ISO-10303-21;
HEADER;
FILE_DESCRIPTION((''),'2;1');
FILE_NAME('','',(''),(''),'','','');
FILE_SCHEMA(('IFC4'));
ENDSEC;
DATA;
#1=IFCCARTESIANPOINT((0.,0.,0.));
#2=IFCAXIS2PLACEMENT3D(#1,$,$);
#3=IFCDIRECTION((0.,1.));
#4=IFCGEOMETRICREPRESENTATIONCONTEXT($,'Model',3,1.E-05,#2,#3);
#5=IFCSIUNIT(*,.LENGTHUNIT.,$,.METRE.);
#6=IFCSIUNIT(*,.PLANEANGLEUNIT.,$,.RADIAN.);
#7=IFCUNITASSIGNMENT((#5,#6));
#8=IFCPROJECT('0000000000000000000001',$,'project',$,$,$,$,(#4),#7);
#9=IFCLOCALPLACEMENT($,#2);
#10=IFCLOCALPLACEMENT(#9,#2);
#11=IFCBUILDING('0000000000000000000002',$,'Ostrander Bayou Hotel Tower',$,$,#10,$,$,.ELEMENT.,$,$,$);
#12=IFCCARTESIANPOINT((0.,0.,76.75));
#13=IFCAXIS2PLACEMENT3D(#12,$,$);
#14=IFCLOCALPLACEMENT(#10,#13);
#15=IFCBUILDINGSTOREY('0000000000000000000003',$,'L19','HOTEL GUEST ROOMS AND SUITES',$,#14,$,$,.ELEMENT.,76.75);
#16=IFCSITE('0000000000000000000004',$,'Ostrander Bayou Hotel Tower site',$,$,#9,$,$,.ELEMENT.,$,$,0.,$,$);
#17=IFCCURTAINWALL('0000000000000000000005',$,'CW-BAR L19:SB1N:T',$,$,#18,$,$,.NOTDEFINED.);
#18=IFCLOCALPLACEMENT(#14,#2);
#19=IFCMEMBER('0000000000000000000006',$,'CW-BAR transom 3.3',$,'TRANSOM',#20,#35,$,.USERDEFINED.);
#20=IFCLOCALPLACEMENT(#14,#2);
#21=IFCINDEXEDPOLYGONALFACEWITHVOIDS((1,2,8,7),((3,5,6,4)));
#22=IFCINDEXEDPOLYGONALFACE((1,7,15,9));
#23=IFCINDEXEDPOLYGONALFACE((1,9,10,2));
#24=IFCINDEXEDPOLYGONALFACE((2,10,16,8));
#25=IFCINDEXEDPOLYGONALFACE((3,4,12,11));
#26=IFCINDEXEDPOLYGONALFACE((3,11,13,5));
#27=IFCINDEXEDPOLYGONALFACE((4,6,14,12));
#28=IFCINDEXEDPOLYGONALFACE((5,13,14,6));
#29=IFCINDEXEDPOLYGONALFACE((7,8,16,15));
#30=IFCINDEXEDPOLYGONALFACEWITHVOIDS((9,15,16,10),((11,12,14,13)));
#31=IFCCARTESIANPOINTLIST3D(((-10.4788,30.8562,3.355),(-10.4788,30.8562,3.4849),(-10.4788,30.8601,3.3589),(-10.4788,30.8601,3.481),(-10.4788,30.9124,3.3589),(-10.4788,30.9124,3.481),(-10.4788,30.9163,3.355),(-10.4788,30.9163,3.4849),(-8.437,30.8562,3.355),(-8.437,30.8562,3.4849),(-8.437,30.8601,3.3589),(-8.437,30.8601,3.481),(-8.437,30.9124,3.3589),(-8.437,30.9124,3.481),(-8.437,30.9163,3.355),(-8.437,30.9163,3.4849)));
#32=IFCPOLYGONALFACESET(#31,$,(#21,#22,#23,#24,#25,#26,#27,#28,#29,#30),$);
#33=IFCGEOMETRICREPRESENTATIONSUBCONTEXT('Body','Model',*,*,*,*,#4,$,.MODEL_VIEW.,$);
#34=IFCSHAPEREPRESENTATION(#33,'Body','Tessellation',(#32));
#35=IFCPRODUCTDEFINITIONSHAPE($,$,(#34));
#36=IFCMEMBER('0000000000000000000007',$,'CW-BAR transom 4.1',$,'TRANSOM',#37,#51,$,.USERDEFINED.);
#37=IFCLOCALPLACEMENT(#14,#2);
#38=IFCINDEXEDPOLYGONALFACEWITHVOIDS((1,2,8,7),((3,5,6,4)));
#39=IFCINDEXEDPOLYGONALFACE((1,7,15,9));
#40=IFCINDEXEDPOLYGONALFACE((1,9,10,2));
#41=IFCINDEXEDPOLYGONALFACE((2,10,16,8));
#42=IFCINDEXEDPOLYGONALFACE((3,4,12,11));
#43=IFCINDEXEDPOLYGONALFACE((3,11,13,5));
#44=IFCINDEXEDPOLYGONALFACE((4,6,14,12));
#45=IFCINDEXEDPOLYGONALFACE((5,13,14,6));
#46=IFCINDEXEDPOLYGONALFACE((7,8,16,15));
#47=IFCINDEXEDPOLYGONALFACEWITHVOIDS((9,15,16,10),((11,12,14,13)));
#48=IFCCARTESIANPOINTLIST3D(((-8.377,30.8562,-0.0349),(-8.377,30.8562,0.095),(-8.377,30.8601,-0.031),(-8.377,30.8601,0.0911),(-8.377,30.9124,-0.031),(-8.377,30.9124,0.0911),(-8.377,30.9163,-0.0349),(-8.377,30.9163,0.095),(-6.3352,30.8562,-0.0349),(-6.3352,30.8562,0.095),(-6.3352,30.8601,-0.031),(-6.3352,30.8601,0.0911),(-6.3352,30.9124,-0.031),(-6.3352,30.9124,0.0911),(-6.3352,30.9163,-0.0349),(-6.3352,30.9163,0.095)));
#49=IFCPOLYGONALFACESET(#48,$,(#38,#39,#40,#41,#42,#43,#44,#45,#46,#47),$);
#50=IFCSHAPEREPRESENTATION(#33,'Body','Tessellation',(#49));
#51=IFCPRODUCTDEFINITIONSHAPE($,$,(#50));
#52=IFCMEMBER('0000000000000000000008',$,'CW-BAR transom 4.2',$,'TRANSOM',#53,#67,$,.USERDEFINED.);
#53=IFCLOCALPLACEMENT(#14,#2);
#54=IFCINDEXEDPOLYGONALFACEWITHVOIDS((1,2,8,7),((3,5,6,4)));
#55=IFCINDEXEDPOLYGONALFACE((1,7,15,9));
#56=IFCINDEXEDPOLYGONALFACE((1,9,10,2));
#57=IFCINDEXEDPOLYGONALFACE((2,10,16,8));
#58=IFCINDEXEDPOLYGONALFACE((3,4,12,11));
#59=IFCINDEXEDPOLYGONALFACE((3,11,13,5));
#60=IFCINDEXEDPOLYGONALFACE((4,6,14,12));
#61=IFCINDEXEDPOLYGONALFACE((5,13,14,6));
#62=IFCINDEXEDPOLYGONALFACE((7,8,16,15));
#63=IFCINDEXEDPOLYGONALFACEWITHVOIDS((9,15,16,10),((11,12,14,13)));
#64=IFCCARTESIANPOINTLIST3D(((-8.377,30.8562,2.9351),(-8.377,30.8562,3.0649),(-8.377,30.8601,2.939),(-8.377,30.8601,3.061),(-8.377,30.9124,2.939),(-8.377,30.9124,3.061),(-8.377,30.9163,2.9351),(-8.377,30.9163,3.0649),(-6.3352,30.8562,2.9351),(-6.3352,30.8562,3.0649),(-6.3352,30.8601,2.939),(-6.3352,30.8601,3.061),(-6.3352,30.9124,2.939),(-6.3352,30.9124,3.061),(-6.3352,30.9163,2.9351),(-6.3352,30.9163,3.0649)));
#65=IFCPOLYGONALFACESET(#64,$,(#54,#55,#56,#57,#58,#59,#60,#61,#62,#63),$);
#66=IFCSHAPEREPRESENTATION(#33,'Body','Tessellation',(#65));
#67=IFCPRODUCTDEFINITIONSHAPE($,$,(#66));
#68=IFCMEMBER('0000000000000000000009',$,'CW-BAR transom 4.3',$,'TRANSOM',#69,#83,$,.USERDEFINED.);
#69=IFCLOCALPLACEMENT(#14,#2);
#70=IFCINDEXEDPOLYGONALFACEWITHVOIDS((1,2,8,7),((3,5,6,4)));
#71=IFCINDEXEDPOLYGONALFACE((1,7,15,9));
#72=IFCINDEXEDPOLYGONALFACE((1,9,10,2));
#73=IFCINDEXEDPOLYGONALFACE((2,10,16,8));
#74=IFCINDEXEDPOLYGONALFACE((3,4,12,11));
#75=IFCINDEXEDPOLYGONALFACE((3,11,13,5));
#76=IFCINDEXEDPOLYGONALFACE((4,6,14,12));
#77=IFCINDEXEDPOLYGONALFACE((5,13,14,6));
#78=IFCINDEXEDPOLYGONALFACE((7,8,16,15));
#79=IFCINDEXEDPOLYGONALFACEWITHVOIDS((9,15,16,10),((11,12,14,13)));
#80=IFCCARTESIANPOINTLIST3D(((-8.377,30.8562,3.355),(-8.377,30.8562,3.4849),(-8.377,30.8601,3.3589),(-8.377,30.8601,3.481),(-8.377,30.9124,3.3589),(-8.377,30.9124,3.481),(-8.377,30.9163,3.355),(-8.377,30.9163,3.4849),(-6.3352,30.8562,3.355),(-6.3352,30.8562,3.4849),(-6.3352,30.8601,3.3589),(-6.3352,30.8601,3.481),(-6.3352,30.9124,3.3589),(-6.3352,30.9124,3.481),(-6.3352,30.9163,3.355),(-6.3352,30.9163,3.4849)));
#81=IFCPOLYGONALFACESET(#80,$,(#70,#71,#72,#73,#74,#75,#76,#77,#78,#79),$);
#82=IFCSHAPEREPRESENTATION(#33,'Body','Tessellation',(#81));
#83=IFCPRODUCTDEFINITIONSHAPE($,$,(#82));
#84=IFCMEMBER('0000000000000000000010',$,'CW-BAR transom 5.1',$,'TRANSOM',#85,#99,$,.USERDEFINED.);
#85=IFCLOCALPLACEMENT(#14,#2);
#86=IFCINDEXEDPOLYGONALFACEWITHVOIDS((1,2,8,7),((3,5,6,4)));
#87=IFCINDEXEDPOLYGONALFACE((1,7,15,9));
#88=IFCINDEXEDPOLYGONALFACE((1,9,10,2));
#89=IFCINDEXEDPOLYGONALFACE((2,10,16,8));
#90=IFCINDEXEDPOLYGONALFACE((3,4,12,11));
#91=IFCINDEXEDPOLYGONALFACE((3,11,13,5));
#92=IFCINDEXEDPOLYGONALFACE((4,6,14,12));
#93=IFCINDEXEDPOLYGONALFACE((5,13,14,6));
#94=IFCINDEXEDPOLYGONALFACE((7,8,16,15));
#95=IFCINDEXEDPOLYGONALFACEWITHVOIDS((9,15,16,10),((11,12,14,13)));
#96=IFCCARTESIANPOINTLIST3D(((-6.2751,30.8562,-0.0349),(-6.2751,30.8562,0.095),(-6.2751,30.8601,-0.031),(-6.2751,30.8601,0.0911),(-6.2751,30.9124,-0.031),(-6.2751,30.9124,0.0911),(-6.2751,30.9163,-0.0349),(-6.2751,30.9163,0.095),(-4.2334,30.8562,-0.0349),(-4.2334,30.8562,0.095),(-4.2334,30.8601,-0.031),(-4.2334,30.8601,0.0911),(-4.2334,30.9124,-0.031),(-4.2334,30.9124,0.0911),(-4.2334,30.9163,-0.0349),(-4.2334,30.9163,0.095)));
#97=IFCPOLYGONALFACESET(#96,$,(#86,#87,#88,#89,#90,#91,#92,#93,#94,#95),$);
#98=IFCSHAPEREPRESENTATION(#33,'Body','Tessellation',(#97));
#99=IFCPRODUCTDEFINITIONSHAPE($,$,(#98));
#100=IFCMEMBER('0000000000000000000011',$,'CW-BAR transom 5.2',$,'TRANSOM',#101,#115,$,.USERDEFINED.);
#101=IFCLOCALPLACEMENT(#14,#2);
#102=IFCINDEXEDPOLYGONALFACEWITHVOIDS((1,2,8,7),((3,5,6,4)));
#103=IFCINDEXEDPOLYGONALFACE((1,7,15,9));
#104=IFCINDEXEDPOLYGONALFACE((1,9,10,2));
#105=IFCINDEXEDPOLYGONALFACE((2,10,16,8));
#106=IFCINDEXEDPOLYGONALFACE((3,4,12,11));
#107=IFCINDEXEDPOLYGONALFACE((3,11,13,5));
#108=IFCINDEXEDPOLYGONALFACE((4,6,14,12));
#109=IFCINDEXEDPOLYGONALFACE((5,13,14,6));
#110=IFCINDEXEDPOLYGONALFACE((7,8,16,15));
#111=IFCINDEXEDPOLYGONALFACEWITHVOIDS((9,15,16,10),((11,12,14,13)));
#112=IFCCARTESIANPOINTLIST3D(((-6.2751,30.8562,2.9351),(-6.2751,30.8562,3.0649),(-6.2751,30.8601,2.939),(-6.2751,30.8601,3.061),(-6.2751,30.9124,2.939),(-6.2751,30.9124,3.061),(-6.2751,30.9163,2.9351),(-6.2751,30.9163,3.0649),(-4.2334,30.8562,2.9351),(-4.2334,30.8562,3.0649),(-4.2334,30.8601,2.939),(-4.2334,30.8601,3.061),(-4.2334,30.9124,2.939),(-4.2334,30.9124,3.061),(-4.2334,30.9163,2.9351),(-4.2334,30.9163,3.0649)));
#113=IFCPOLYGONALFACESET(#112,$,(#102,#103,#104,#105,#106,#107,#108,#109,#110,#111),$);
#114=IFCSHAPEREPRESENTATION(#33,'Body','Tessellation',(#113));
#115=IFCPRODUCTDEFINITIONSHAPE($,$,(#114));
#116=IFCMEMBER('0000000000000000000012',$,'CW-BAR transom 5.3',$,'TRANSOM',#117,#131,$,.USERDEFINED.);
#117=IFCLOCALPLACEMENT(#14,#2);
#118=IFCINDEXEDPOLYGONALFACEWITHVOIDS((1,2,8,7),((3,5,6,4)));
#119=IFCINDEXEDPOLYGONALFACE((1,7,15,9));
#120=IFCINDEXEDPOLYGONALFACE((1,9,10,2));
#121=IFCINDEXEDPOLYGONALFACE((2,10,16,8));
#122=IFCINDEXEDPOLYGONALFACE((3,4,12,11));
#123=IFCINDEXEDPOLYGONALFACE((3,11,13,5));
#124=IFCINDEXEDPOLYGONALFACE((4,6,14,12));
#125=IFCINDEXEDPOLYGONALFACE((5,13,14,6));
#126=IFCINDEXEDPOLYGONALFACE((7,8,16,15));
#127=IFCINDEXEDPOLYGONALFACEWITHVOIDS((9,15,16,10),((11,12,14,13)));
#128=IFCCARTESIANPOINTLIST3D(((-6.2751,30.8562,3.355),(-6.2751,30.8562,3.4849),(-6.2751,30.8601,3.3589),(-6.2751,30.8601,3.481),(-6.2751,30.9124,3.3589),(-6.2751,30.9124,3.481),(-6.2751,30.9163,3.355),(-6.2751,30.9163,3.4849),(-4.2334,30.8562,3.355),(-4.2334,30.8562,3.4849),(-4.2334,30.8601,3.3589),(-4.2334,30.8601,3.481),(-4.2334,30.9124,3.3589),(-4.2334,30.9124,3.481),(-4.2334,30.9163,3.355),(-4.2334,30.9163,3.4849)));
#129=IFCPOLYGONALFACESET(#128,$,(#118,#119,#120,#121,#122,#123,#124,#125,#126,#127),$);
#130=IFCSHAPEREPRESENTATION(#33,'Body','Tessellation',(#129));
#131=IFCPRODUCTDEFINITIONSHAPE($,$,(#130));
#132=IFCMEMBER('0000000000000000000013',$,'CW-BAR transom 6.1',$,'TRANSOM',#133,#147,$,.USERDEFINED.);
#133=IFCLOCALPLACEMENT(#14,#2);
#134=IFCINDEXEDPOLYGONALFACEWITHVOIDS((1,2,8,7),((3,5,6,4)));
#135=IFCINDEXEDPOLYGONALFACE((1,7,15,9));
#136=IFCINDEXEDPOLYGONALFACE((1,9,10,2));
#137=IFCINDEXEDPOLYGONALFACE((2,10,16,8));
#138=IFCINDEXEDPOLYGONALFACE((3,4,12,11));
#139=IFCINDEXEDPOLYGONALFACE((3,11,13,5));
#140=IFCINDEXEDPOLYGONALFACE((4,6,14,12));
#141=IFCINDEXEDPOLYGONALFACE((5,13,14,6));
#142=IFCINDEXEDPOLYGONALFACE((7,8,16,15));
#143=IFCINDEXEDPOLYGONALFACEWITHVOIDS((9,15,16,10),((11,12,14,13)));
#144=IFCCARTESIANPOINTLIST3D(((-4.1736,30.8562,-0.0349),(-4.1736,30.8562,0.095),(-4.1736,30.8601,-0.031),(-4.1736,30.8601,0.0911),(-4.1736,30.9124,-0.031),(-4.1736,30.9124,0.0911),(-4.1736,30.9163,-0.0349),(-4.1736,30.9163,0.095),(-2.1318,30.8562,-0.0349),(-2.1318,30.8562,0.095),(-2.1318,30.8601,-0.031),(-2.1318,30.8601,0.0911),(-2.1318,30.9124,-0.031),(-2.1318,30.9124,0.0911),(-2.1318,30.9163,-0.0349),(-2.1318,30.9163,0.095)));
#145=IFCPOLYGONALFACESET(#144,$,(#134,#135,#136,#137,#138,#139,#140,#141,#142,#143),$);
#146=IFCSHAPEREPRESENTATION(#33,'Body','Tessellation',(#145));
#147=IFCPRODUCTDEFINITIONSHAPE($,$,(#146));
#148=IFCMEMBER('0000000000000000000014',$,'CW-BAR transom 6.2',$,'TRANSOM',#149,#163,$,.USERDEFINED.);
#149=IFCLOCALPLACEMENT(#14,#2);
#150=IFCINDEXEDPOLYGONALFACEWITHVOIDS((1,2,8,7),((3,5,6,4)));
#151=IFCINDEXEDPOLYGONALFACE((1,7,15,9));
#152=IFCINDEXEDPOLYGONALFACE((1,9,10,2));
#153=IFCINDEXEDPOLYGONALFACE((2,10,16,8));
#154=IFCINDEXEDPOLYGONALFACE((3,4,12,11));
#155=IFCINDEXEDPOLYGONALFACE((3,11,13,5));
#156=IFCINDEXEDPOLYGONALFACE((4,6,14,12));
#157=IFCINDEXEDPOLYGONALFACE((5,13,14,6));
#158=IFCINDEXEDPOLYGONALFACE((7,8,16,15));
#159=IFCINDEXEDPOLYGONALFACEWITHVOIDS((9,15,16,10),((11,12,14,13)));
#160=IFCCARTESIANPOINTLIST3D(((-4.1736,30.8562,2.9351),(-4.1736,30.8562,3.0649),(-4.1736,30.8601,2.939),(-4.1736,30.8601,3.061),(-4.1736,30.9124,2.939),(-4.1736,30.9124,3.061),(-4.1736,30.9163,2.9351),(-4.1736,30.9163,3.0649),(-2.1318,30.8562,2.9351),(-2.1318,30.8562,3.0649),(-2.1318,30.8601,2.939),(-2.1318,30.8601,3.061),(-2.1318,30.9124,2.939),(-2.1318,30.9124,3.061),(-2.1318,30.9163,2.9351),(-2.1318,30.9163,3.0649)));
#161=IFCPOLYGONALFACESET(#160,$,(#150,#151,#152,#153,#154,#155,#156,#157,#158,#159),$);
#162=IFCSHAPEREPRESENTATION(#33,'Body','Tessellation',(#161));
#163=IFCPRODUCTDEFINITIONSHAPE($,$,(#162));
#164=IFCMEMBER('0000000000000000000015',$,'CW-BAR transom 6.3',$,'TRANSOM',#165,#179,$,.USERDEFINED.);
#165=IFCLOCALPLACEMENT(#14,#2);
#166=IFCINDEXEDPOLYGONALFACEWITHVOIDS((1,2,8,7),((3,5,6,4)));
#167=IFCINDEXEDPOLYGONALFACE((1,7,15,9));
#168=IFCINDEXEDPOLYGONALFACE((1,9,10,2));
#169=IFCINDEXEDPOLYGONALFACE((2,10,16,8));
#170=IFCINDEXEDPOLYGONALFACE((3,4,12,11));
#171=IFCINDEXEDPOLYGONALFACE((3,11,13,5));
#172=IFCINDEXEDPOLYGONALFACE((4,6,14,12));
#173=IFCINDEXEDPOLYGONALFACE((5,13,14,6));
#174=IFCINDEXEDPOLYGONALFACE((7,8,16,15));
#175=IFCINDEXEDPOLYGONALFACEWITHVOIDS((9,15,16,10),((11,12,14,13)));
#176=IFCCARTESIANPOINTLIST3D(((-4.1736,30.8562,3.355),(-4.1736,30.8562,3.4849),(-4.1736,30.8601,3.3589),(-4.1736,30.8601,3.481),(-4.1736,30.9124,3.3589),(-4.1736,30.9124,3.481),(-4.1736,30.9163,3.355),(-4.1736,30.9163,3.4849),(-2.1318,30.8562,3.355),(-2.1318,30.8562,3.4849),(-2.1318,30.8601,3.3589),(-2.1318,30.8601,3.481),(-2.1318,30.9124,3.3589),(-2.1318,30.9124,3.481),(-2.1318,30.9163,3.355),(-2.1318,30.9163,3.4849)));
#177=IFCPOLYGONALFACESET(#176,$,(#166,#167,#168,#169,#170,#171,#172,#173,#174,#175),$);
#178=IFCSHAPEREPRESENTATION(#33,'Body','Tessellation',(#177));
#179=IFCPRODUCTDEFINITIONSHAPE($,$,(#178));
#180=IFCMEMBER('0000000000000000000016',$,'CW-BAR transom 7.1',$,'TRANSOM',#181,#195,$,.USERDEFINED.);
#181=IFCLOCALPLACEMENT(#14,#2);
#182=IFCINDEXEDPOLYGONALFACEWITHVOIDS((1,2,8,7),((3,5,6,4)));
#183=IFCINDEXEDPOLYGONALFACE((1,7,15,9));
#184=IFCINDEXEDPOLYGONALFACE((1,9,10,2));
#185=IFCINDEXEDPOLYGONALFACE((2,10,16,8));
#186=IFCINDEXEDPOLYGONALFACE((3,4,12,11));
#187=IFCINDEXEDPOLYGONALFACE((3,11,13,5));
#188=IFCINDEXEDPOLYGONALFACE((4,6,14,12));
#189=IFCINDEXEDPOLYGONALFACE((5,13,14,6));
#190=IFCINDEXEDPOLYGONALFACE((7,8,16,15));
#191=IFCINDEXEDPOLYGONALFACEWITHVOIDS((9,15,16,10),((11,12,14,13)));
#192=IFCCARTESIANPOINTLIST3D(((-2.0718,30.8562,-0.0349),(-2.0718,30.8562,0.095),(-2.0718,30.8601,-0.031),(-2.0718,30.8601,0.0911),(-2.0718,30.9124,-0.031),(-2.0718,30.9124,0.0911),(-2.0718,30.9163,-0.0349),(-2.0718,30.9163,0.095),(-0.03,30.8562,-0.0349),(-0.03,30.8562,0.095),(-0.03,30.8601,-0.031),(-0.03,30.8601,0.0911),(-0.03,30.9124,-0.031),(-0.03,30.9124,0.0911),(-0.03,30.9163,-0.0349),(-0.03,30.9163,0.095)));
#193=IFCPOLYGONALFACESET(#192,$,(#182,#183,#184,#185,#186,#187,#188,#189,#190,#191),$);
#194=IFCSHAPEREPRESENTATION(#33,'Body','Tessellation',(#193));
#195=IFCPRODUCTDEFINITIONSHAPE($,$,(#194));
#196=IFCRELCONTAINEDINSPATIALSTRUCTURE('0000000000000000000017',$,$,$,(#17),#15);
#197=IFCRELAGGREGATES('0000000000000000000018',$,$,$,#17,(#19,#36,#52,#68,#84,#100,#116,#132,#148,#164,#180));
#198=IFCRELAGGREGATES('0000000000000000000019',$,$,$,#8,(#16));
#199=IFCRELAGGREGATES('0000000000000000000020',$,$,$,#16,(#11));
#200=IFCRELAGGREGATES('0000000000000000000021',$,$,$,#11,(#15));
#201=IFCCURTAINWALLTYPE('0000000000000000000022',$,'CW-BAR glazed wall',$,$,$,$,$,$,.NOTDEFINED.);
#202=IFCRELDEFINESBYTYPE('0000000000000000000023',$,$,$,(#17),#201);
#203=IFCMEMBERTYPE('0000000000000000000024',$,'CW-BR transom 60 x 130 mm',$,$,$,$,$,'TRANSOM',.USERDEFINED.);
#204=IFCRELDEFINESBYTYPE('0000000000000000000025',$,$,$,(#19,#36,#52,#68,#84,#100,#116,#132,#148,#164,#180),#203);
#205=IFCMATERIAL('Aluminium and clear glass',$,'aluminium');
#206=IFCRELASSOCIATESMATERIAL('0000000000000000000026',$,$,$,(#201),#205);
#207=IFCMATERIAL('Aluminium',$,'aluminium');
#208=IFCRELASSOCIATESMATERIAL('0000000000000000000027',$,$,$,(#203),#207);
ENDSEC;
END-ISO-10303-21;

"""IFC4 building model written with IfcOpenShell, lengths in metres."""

from ifc_helpers import new_model, si_unit, direction, frame, origin, origin_2d, place, context, subcontext, project, spatial, hollow_rectangle, extrude, material, material_profile, profile_set, type_object, element, aggregate, save


model = new_model("IFC4")

# Units and contexts
model_context = context("Model", 3, precision=1e-05, world=origin(), true_north=direction((0.0, 1.0)))
body_context = subcontext(model_context, "Body", "Model", "MODEL_VIEW")
ifc_project = project(units=[si_unit("LENGTHUNIT", "METRE"), si_unit("PLANEANGLEUNIT", "RADIAN")], contexts=[model_context])

# Site, building, storey
site_placement = place(None, origin())
site = spatial("IfcSite", under=ifc_project, at=site_placement, Name="Ostrander Bayou Hotel Tower site", CompositionType="ELEMENT", RefElevation=0.0)
building_placement = place(site_placement, origin())
building = spatial("IfcBuilding", under=site, at=building_placement, Name="Ostrander Bayou Hotel Tower", CompositionType="ELEMENT")
storey_placement = place(building_placement, frame((0.0, 0.0, 76.75)))
storey = spatial("IfcBuildingStorey", under=building, at=storey_placement, Name="L19", Description="HOTEL GUEST ROOMS AND SUITES", CompositionType="ELEMENT", Elevation=76.75)

# Curtain wall, members
ifc_material_1 = material(Name="Aluminium and clear glass", Category="aluminium")
curtain_wall_type = type_object("IfcCurtainWallType", Name="CW-BAR glazed wall", PredefinedType="NOTDEFINED", material=ifc_material_1)
curtain_wall_placement = place(storey_placement, origin())
curtain_wall = element("IfcCurtainWall", 1, at=curtain_wall_placement, inside=storey, type_object=curtain_wall_type, Name="CW-BAR L19:SB1N:T", PredefinedType="NOTDEFINED")
ifc_material_2 = material(Name="Aluminium", Category="aluminium")
ifc_material_profile_1 = material_profile(ifc_material_2, hollow_rectangle(XDim=0.0601, YDim=0.1299, WallThickness=0.0039, at=origin_2d()))
ifc_profile_set_1 = profile_set([ifc_material_profile_1], Name="Aluminium")
member_type_1 = type_object("IfcMemberType", Name="CW-BR transom 60 x 130 mm", ElementType="TRANSOM", PredefinedType="USERDEFINED", material=ifc_profile_set_1)
member_1_placement = place(storey_placement, frame((-10.4788, 30.8862, 3.4199), z_axis=(1.0, 0.0, 0.0), x_axis=(0.0, 1.0, 0.0)))
member_1 = element("IfcMember", 2, at=member_1_placement, type_object=member_type_1, Name="CW-BAR transom 3.3", ObjectType="TRANSOM", PredefinedType="USERDEFINED", context=body_context, shape_type="SweptSolid", body=[
    extrude(hollow_rectangle(XDim=0.0601, YDim=0.1299, WallThickness=0.0039, at=origin_2d()), origin(), (0.0, 0.0, 1.0), 2.0417),
])
member_2_placement = place(storey_placement, frame((-8.377, 30.8862, 0.03), z_axis=(1.0, 0.0, 0.0), x_axis=(0.0, 1.0, 0.0)))
member_2 = element("IfcMember", 3, at=member_2_placement, type_object=member_type_1, Name="CW-BAR transom 4.1", ObjectType="TRANSOM", PredefinedType="USERDEFINED", context=body_context, shape_type="SweptSolid", body=[
    extrude(hollow_rectangle(XDim=0.0601, YDim=0.1299, WallThickness=0.0039, at=origin_2d()), origin(), (0.0, 0.0, 1.0), 2.0417),
])
member_3_placement = place(storey_placement, frame((-8.377, 30.8862, 3.0), z_axis=(1.0, 0.0, 0.0), x_axis=(0.0, 1.0, 0.0)))
member_3 = element("IfcMember", 4, at=member_3_placement, type_object=member_type_1, Name="CW-BAR transom 4.2", ObjectType="TRANSOM", PredefinedType="USERDEFINED", context=body_context, shape_type="SweptSolid", body=[
    extrude(hollow_rectangle(XDim=0.0601, YDim=0.1299, WallThickness=0.0039, at=origin_2d()), origin(), (0.0, 0.0, 1.0), 2.0417),
])
member_4_placement = place(storey_placement, frame((-8.377, 30.8862, 3.4199), z_axis=(1.0, 0.0, 0.0), x_axis=(0.0, 1.0, 0.0)))
member_4 = element("IfcMember", 5, at=member_4_placement, type_object=member_type_1, Name="CW-BAR transom 4.3", ObjectType="TRANSOM", PredefinedType="USERDEFINED", context=body_context, shape_type="SweptSolid", body=[
    extrude(hollow_rectangle(XDim=0.0601, YDim=0.1299, WallThickness=0.0039, at=origin_2d()), origin(), (0.0, 0.0, 1.0), 2.0417),
])
member_5_placement = place(storey_placement, frame((-6.2751, 30.8862, 0.03), z_axis=(1.0, 0.0, 0.0), x_axis=(0.0, 1.0, 0.0)))
member_5 = element("IfcMember", 6, at=member_5_placement, type_object=member_type_1, Name="CW-BAR transom 5.1", ObjectType="TRANSOM", PredefinedType="USERDEFINED", context=body_context, shape_type="SweptSolid", body=[
    extrude(hollow_rectangle(XDim=0.0601, YDim=0.1299, WallThickness=0.0039, at=origin_2d()), origin(), (0.0, 0.0, 1.0), 2.0417),
])
member_6_placement = place(storey_placement, frame((-6.2751, 30.8862, 3.0), z_axis=(1.0, 0.0, 0.0), x_axis=(0.0, 1.0, 0.0)))
member_6 = element("IfcMember", 7, at=member_6_placement, type_object=member_type_1, Name="CW-BAR transom 5.2", ObjectType="TRANSOM", PredefinedType="USERDEFINED", context=body_context, shape_type="SweptSolid", body=[
    extrude(hollow_rectangle(XDim=0.0601, YDim=0.1299, WallThickness=0.0039, at=origin_2d()), origin(), (0.0, 0.0, 1.0), 2.0417),
])
member_7_placement = place(storey_placement, frame((-6.2751, 30.8862, 3.4199), z_axis=(1.0, 0.0, 0.0), x_axis=(0.0, 1.0, 0.0)))
member_7 = element("IfcMember", 8, at=member_7_placement, type_object=member_type_1, Name="CW-BAR transom 5.3", ObjectType="TRANSOM", PredefinedType="USERDEFINED", context=body_context, shape_type="SweptSolid", body=[
    extrude(hollow_rectangle(XDim=0.0601, YDim=0.1299, WallThickness=0.0039, at=origin_2d()), origin(), (0.0, 0.0, 1.0), 2.0417),
])
member_8_placement = place(storey_placement, frame((-4.1736, 30.8862, 0.03), z_axis=(1.0, 0.0, 0.0), x_axis=(0.0, 1.0, 0.0)))
member_8 = element("IfcMember", 9, at=member_8_placement, type_object=member_type_1, Name="CW-BAR transom 6.1", ObjectType="TRANSOM", PredefinedType="USERDEFINED", context=body_context, shape_type="SweptSolid", body=[
    extrude(hollow_rectangle(XDim=0.0601, YDim=0.1299, WallThickness=0.0039, at=origin_2d()), origin(), (0.0, 0.0, 1.0), 2.0417),
])
member_9_placement = place(storey_placement, frame((-4.1736, 30.8862, 3.0), z_axis=(1.0, 0.0, 0.0), x_axis=(0.0, 1.0, 0.0)))
member_9 = element("IfcMember", 10, at=member_9_placement, type_object=member_type_1, Name="CW-BAR transom 6.2", ObjectType="TRANSOM", PredefinedType="USERDEFINED", context=body_context, shape_type="SweptSolid", body=[
    extrude(hollow_rectangle(XDim=0.0601, YDim=0.1299, WallThickness=0.0039, at=origin_2d()), origin(), (0.0, 0.0, 1.0), 2.0417),
])
member_10_placement = place(storey_placement, frame((-4.1736, 30.8862, 3.4199), z_axis=(1.0, 0.0, 0.0), x_axis=(0.0, 1.0, 0.0)))
member_10 = element("IfcMember", 11, at=member_10_placement, type_object=member_type_1, Name="CW-BAR transom 6.3", ObjectType="TRANSOM", PredefinedType="USERDEFINED", context=body_context, shape_type="SweptSolid", body=[
    extrude(hollow_rectangle(XDim=0.0601, YDim=0.1299, WallThickness=0.0039, at=origin_2d()), origin(), (0.0, 0.0, 1.0), 2.0417),
])
member_11_placement = place(storey_placement, frame((-2.0718, 30.8862, 0.03), z_axis=(1.0, 0.0, 0.0), x_axis=(0.0, 1.0, 0.0)))
member_11 = element("IfcMember", 12, at=member_11_placement, type_object=member_type_1, Name="CW-BAR transom 7.1", ObjectType="TRANSOM", PredefinedType="USERDEFINED", context=body_context, shape_type="SweptSolid", body=[
    extrude(hollow_rectangle(XDim=0.0601, YDim=0.1299, WallThickness=0.0039, at=origin_2d()), origin(), (0.0, 0.0, 1.0), 2.0417),
])
aggregate(curtain_wall, [member_1, member_2, member_3, member_4, member_5, member_6, member_7, member_8, member_9, member_10, member_11])

save(model, "model.ifc")
